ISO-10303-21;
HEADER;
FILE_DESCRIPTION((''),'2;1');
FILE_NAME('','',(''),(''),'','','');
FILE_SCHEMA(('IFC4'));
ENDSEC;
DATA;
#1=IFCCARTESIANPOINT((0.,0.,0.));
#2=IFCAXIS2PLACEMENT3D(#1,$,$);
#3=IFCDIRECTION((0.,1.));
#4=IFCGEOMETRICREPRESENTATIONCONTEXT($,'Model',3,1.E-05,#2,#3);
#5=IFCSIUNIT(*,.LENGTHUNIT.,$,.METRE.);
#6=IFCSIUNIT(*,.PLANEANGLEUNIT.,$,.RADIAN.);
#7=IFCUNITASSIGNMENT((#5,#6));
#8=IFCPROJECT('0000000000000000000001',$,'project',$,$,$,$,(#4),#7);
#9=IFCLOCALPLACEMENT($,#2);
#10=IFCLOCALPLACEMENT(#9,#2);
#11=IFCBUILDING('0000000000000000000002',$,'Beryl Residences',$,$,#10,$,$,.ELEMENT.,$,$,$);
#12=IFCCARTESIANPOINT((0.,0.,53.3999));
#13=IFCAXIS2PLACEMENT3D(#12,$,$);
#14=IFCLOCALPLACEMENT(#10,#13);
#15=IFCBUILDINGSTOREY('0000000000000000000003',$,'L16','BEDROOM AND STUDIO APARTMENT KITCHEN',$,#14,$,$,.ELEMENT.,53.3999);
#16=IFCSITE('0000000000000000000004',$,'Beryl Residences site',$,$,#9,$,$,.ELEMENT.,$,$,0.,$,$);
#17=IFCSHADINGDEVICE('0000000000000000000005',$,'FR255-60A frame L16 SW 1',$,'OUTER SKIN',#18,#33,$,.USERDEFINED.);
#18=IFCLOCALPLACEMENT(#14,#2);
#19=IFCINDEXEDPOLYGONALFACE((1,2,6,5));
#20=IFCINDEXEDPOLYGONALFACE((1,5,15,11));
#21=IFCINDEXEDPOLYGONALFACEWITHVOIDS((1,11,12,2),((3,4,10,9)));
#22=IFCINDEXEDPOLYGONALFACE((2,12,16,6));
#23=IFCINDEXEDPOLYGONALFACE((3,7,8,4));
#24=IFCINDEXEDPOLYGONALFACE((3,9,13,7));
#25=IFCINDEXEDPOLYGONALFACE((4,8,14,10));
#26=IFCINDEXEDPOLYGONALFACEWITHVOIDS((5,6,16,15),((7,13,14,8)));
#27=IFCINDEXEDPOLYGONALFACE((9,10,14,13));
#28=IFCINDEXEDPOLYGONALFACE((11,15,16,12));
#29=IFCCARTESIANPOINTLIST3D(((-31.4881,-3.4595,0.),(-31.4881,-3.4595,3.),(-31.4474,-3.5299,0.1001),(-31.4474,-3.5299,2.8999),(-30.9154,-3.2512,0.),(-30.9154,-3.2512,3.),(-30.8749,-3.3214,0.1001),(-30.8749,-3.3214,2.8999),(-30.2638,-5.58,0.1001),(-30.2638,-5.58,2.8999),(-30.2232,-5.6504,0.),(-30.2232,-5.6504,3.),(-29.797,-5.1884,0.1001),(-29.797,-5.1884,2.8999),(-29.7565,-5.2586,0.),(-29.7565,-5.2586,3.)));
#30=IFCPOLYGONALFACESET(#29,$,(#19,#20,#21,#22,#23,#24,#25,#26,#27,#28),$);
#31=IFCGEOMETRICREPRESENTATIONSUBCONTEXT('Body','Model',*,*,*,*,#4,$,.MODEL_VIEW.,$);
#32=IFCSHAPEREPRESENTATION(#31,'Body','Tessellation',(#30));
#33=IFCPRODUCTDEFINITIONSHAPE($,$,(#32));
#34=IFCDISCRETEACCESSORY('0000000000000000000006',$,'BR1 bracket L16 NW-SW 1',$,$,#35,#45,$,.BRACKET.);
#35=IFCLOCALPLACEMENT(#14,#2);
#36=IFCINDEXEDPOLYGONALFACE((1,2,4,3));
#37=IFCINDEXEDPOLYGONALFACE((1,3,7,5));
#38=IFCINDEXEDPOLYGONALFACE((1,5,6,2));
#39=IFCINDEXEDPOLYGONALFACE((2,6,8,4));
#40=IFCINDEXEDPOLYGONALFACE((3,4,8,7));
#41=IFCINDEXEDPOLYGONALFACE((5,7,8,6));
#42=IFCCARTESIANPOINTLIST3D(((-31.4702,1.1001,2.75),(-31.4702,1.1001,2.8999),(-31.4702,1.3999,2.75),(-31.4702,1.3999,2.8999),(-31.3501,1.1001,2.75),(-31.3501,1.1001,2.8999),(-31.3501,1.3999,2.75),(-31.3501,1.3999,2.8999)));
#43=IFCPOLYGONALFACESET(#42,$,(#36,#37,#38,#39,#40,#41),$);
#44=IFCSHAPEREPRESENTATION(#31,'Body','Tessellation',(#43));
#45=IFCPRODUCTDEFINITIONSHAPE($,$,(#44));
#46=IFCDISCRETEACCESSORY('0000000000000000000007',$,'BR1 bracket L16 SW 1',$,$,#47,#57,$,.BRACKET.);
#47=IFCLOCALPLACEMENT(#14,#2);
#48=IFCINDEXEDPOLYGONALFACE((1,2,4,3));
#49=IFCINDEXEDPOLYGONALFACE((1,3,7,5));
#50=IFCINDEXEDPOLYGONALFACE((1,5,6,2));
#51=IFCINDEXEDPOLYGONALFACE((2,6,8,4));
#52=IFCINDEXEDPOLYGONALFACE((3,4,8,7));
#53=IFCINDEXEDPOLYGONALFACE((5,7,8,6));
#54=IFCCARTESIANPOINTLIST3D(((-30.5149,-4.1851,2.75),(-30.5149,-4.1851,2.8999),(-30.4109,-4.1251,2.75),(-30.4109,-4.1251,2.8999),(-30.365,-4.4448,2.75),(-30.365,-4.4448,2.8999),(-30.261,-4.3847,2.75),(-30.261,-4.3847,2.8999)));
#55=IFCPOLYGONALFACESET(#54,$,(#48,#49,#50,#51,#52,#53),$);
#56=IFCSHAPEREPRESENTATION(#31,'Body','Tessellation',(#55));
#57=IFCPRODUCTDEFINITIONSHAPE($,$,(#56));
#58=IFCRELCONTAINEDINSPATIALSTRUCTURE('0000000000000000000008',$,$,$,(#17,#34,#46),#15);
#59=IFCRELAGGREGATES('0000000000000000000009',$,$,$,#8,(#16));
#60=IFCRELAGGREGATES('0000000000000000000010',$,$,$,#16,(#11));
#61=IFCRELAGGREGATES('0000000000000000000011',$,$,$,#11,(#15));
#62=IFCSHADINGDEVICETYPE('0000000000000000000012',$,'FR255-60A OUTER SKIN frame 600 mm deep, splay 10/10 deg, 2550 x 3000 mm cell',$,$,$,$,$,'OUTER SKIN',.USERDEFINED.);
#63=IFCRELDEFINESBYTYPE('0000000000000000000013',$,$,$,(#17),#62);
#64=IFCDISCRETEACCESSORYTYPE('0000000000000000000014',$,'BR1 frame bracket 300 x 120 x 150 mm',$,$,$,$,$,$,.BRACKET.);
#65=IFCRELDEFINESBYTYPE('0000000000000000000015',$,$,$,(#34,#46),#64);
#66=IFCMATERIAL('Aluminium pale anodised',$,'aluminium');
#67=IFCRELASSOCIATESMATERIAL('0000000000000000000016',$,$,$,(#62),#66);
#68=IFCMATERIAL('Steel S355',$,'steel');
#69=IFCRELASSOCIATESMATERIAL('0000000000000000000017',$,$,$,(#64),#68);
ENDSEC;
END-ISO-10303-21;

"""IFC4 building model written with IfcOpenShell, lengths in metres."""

from ifc_helpers import new_model, entity, si_unit, direction, frame, origin, place, context, subcontext, project, spatial, polyline, outline, extrude, source, transform, mapped, material, type_object, type_shapes, element, save


model = new_model("IFC4")

# Units and contexts
model_context = context("Model", 3, precision=1e-05, world=origin(), true_north=direction((0.0, 1.0)))
body_context = subcontext(model_context, "Body", "Model", "MODEL_VIEW")
ifc_project = project(units=[si_unit("LENGTHUNIT", "METRE"), si_unit("PLANEANGLEUNIT", "RADIAN")], contexts=[model_context])

# Site, building, storey
site_placement = place(None, origin())
site = spatial("IfcSite", under=ifc_project, at=site_placement, Name="Beryl Residences site", CompositionType="ELEMENT", RefElevation=0.0)
building_placement = place(site_placement, origin())
building = spatial("IfcBuilding", under=site, at=building_placement, Name="Beryl Residences", CompositionType="ELEMENT")
storey_placement = place(building_placement, frame((0.0, 0.0, 53.3999)))
storey = spatial("IfcBuildingStorey", under=building, at=storey_placement, Name="L16", Description="BEDROOM AND STUDIO APARTMENT KITCHEN", CompositionType="ELEMENT", Elevation=53.3999)

# Shading device
ifc_material_1 = material(Name="Aluminium pale anodised", Category="aluminium")
shading_device_type_1 = type_object("IfcShadingDeviceType", Name="FR255-60A OUTER SKIN frame 600 mm deep, splay 10/10 deg, 2550 x 3000 mm cell", ElementType="OUTER SKIN", PredefinedType="USERDEFINED", material=ifc_material_1)
cartesian_point_1 = entity("IfcCartesianPoint", [-1.1589, 0.0])
cartesian_point_2 = entity("IfcCartesianPoint", [-1.0779, 0.1001])
cartesian_point_3 = entity("IfcCartesianPoint", [-1.2649, 0.0])
cartesian_point_4 = entity("IfcCartesianPoint", [-1.1836, 0.1001])
shared_shape_1 = source(origin(), body_context, "Body", "SweptSolid", [
    entity("IfcExtrudedAreaSolidTapered", entity("IfcArbitraryProfileDefWithVoids", "AREA", None, entity("IfcPolyline", [cartesian_point_1, entity("IfcCartesianPoint", [1.1589, 0.0]), entity("IfcCartesianPoint", [1.1589, 3.0]), entity("IfcCartesianPoint", [-1.1589, 3.0]), cartesian_point_1]), [entity("IfcPolyline", [cartesian_point_2, entity("IfcCartesianPoint", [1.0779, 0.1001]), entity("IfcCartesianPoint", [1.0779, 2.8999]), entity("IfcCartesianPoint", [-1.0779, 2.8999]), cartesian_point_2])]), entity("IfcAxis2Placement3D", entity("IfcCartesianPoint", [0.0, 0.0, 0.0]), entity("IfcDirection", [0.0, 1.0, 0.0]), entity("IfcDirection", [-1.0, 0.0, 0.0])), entity("IfcDirection", [0.0, 0.0, 1.0]), 0.6001, entity("IfcArbitraryProfileDefWithVoids", "AREA", None, entity("IfcPolyline", [cartesian_point_3, entity("IfcCartesianPoint", [1.2649, 0.0]), entity("IfcCartesianPoint", [1.2649, 3.0]), entity("IfcCartesianPoint", [-1.2649, 3.0]), cartesian_point_3]), [entity("IfcPolyline", [cartesian_point_4, entity("IfcCartesianPoint", [1.1836, 0.1001]), entity("IfcCartesianPoint", [1.1836, 2.8999]), entity("IfcCartesianPoint", [-1.1836, 2.8999]), cartesian_point_4])])),
])
type_shapes(shading_device_type_1, [shared_shape_1])
shading_device_placement = place(storey_placement, frame((-30.3359, -4.2549, 0.0), z_axis=(0.0, 0.0, 1.0), x_axis=(-0.5, 0.866025, 0.0)))
element("IfcShadingDevice", 1, at=shading_device_placement, inside=storey, type_object=shading_device_type_1, Name="FR255-60A frame L16 SW 1", ObjectType="OUTER SKIN", PredefinedType="USERDEFINED", context=body_context, shape_type="MappedRepresentation", body=[
    mapped(shared_shape_1, transform((0.0, 0.0, 0.0))),
])

# Discrete accessories
ifc_material_2 = material(Name="Steel S355", Category="steel")
discrete_accessory_type = type_object("IfcDiscreteAccessoryType", Name="BR1 frame bracket 300 x 120 x 150 mm", PredefinedType="BRACKET", material=ifc_material_2)
shared_shape_2 = source(origin(), body_context, "Body", "SweptSolid", [
    extrude(outline(polyline([(-0.1499, 0.0), (0.1499, 0.0), (0.1499, 0.1201), (-0.1499, 0.1201), (-0.1499, 0.0)])), origin(), (0.0, 0.0, 1.0), 0.1499),
])
type_shapes(discrete_accessory_type, [shared_shape_2])
for number, where, z_axis, x_axis, name in (
    (2, (-31.3501, 1.25, 2.75), (0.0, 0.0, 1.0), (0.0, 1.0, 0.0), "BR1 bracket L16 NW-SW 1"),
    (3, (-30.3359, -4.2549, 2.75), (0.0, 0.0, 1.0), (-0.5, 0.866025, 0.0), "BR1 bracket L16 SW 1"),
):
    element("IfcDiscreteAccessory", number, at=place(storey_placement, frame(where, z_axis=z_axis, x_axis=x_axis)), inside=storey, type_object=discrete_accessory_type, Name=name, PredefinedType="BRACKET", context=body_context, shape_type="MappedRepresentation", body=[
        mapped(shared_shape_2, transform((0.0, 0.0, 0.0))),
    ])

save(model, "model.ifc")
